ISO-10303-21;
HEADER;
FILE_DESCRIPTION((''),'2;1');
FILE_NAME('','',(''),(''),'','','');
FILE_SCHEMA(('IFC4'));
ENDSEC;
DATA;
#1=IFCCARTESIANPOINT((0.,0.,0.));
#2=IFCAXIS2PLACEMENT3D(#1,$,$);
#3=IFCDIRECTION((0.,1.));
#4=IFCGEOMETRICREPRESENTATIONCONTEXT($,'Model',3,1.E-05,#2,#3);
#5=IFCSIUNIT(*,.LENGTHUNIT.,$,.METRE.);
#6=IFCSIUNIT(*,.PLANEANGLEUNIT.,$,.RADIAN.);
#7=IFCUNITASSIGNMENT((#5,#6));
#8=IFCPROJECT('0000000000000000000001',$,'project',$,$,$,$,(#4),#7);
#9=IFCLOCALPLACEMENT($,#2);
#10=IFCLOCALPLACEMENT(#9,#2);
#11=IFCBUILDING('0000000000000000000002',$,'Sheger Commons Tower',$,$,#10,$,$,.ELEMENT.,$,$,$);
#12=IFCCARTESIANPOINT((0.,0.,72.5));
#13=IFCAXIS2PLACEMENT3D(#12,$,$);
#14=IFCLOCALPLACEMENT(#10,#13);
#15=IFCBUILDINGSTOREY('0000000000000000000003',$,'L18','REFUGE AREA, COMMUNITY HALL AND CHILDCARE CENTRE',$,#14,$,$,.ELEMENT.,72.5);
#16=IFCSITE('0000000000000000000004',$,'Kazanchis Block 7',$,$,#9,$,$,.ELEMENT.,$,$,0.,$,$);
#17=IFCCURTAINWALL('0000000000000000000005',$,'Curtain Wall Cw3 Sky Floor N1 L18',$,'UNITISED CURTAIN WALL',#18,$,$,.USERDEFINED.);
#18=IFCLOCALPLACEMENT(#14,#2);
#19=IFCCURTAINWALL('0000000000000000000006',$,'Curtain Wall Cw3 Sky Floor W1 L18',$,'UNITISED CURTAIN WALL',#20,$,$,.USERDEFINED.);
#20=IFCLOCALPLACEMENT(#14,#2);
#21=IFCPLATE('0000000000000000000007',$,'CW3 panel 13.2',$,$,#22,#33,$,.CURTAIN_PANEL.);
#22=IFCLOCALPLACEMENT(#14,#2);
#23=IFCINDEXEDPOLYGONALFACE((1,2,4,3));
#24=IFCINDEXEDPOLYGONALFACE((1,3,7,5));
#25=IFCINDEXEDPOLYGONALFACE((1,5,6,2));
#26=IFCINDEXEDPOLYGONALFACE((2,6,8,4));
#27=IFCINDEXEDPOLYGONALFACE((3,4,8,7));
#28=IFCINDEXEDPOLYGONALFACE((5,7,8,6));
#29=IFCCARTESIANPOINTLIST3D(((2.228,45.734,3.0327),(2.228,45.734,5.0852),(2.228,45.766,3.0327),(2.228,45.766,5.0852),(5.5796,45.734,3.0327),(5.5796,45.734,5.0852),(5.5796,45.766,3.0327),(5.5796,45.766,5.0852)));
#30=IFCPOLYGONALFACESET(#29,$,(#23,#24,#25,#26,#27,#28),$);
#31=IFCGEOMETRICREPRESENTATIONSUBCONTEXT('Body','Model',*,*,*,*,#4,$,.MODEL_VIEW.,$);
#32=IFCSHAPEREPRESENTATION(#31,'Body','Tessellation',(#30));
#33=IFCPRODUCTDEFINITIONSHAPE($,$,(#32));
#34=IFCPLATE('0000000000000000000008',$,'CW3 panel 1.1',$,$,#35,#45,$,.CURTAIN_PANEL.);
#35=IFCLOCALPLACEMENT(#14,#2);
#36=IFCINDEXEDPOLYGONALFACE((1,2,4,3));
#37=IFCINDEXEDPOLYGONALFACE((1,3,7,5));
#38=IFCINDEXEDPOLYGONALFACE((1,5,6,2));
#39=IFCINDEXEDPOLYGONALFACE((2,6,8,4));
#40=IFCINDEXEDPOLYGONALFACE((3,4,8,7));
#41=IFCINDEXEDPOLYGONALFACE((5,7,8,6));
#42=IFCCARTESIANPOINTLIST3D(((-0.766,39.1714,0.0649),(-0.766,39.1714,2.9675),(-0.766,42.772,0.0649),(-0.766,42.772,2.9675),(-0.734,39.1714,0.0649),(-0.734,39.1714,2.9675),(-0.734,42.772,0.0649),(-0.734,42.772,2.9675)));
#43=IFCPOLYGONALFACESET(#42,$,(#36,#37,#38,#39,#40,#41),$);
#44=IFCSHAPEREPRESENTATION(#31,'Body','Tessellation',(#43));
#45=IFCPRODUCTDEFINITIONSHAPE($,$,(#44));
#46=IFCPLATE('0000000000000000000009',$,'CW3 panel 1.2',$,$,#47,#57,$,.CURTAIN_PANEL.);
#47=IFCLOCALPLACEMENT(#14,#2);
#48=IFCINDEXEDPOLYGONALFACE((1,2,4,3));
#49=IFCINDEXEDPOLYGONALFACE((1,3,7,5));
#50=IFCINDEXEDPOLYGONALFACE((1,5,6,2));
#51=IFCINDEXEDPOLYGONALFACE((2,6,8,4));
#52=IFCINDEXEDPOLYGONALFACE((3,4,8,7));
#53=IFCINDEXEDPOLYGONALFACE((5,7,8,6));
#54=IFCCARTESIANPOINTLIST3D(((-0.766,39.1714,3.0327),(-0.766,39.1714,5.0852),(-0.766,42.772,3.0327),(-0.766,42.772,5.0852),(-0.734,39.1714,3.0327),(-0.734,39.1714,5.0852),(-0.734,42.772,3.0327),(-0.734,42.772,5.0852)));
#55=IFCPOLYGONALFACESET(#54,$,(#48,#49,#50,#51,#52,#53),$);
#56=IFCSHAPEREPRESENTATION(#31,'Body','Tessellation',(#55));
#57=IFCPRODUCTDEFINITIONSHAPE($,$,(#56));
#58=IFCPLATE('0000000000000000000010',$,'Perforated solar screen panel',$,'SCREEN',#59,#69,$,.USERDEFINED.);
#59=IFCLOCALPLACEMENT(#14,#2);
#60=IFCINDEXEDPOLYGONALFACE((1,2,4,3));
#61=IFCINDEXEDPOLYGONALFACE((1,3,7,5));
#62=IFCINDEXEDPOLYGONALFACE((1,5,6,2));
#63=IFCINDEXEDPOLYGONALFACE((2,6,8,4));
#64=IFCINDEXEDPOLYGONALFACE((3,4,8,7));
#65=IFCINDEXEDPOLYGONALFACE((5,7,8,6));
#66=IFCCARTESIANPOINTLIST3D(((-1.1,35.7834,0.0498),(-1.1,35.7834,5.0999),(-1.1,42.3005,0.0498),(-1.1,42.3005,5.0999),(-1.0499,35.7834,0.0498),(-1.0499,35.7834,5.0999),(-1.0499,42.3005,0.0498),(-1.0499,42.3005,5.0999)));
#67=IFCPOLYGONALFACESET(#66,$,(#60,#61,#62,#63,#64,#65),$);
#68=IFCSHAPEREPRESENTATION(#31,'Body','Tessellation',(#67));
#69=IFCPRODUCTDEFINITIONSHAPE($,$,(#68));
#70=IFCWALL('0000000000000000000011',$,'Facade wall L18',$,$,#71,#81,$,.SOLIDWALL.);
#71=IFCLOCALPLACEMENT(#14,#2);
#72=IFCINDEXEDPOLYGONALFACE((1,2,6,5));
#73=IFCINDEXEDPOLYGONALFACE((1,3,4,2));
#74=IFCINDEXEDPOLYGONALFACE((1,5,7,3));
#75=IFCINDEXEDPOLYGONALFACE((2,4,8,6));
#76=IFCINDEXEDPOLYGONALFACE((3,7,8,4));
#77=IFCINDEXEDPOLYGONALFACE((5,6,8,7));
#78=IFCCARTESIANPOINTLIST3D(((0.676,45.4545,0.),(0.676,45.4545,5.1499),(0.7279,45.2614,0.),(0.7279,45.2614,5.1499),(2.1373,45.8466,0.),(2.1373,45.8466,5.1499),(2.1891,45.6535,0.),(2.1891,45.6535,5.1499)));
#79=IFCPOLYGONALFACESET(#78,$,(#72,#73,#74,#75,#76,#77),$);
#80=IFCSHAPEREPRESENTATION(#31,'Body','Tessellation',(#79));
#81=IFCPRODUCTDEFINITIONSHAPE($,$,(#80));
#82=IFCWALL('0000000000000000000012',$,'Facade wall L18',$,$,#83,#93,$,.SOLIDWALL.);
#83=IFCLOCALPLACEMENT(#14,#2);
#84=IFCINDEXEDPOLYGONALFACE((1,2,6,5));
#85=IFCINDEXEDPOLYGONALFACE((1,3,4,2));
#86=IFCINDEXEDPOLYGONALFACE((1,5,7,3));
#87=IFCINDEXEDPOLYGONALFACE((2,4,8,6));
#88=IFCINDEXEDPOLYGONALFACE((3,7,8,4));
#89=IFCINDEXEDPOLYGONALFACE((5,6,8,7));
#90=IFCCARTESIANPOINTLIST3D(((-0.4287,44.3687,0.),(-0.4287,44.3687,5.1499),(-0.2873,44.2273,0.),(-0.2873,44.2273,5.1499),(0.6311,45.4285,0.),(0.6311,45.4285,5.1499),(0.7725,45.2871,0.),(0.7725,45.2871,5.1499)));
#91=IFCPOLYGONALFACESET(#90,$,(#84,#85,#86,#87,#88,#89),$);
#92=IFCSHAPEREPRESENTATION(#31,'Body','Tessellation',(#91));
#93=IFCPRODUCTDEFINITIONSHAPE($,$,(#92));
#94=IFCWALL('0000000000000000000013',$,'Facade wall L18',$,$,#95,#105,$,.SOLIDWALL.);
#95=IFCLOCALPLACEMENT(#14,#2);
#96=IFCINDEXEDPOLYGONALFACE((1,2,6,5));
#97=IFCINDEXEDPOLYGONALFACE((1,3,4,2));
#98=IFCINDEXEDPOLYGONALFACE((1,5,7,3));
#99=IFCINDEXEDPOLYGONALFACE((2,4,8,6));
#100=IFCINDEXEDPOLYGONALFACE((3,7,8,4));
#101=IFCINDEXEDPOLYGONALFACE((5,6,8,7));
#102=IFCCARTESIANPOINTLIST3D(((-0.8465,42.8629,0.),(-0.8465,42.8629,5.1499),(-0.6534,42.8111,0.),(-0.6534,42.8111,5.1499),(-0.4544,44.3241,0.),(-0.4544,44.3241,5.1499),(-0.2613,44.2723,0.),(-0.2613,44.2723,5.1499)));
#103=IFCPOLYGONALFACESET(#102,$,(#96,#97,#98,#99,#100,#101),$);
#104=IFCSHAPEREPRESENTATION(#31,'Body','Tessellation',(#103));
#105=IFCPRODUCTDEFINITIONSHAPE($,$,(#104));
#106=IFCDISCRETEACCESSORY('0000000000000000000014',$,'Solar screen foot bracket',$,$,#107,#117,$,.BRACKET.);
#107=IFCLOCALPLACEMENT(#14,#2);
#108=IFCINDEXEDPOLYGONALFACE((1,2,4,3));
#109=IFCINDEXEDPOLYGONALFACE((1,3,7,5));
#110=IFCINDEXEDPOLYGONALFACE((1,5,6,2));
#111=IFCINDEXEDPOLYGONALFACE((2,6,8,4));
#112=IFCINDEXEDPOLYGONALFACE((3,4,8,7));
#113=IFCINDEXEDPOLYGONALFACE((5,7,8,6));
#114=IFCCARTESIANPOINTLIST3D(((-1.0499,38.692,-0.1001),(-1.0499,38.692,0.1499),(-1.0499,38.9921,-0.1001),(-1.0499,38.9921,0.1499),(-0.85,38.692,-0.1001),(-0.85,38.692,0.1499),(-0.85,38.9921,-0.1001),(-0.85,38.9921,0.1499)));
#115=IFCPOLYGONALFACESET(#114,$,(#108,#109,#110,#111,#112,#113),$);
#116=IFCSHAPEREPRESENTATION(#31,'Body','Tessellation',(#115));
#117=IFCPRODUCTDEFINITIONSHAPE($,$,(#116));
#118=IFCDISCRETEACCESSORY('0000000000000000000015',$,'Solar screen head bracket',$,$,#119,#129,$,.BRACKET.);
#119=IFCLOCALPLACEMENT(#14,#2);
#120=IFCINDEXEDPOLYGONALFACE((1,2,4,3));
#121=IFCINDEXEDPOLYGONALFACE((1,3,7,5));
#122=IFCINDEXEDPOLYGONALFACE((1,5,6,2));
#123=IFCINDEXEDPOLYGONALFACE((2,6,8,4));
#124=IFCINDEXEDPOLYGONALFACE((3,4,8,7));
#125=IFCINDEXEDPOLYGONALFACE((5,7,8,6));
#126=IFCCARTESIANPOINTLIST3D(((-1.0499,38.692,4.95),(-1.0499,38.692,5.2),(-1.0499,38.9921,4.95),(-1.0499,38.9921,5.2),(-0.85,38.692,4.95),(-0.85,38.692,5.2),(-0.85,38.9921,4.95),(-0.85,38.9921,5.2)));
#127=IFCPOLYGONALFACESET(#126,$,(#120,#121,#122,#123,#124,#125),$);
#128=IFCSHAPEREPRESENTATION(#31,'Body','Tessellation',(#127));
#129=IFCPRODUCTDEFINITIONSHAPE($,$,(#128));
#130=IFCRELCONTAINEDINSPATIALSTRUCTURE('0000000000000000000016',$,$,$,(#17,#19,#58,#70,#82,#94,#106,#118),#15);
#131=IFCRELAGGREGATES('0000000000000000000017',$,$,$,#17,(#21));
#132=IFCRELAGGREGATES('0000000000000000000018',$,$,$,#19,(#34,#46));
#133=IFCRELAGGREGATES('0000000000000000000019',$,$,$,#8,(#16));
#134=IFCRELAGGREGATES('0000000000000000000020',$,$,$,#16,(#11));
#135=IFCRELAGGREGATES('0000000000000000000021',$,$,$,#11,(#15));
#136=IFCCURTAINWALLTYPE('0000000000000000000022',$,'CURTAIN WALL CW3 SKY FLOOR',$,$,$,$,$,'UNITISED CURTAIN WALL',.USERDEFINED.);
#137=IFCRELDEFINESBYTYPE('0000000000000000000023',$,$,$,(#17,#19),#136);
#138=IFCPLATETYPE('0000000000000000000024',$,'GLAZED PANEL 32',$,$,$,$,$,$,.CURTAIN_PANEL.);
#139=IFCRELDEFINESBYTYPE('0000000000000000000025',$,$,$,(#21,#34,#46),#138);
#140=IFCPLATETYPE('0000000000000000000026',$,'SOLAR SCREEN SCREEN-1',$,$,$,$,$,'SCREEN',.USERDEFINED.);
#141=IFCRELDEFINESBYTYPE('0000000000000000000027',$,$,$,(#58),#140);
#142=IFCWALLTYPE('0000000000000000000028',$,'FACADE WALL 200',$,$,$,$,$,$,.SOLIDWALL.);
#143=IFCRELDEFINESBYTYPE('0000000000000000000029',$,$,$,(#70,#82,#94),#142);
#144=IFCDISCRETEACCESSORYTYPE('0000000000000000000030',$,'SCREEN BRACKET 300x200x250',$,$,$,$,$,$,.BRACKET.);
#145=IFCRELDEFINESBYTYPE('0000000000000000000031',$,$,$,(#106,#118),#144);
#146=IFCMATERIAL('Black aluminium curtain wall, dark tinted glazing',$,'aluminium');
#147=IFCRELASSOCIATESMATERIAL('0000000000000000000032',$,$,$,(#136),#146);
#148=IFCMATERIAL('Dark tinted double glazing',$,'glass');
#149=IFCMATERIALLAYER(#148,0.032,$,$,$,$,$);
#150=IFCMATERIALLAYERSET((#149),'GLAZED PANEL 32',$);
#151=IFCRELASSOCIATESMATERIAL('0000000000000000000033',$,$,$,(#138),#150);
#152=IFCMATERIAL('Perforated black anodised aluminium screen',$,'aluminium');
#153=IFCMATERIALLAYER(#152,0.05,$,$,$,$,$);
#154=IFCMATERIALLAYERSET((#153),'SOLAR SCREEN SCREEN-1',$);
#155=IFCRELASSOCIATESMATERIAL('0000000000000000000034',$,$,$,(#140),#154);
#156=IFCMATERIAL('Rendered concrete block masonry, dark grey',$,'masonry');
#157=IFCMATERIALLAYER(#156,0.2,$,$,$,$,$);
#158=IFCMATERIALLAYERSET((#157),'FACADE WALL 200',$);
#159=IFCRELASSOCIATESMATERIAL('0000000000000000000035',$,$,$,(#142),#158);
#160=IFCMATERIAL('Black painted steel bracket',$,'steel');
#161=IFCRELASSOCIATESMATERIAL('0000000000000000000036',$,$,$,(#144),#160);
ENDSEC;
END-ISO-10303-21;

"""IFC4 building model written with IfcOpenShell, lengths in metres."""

from ifc_helpers import new_model, si_unit, direction, frame, frame_2d, origin, origin_2d, place, context, subcontext, project, spatial, rectangle, extrude, material, layer, layer_set, type_object, element, aggregate, save


model = new_model("IFC4")

# Units and contexts
model_context = context("Model", 3, precision=1e-05, world=origin(), true_north=direction((0.0, 1.0)))
body_context = subcontext(model_context, "Body", "Model", "MODEL_VIEW")
ifc_project = project(units=[si_unit("LENGTHUNIT", "METRE"), si_unit("PLANEANGLEUNIT", "RADIAN")], contexts=[model_context])

# Site, building, storey
site_placement = place(None, origin())
site = spatial("IfcSite", under=ifc_project, at=site_placement, Name="Kazanchis Block 7", CompositionType="ELEMENT", RefElevation=0.0)
building_placement = place(site_placement, origin())
building = spatial("IfcBuilding", under=site, at=building_placement, Name="Sheger Commons Tower", CompositionType="ELEMENT")
storey_placement = place(building_placement, frame((0.0, 0.0, 72.5)))
storey = spatial("IfcBuildingStorey", under=building, at=storey_placement, Name="L18", Description="REFUGE AREA, COMMUNITY HALL AND CHILDCARE CENTRE", CompositionType="ELEMENT", Elevation=72.5)

# Curtain wall
ifc_material_1 = material(Name="Black aluminium curtain wall, dark tinted glazing", Category="aluminium")
curtain_wall_type = type_object("IfcCurtainWallType", Name="CURTAIN WALL CW3 SKY FLOOR", ElementType="UNITISED CURTAIN WALL", PredefinedType="USERDEFINED", material=ifc_material_1)
curtain_wall_1_placement = place(storey_placement, origin())
curtain_wall_1 = element("IfcCurtainWall", 1, at=curtain_wall_1_placement, inside=storey, type_object=curtain_wall_type, Name="Curtain Wall Cw3 Sky Floor N1 L18", ObjectType="UNITISED CURTAIN WALL", PredefinedType="USERDEFINED")

# Curtain wall
curtain_wall_2_placement = place(storey_placement, origin())
curtain_wall_2 = element("IfcCurtainWall", 2, at=curtain_wall_2_placement, inside=storey, type_object=curtain_wall_type, Name="Curtain Wall Cw3 Sky Floor W1 L18", ObjectType="UNITISED CURTAIN WALL", PredefinedType="USERDEFINED")

# Plates
ifc_material_2 = material(Name="Dark tinted double glazing", Category="glass")
ifc_layer_1 = layer(ifc_material_2, 0.032)
ifc_layer_set_1 = layer_set([ifc_layer_1], Name="GLAZED PANEL 32")
plate_type_1 = type_object("IfcPlateType", Name="GLAZED PANEL 32", PredefinedType="CURTAIN_PANEL", material=ifc_layer_set_1)
plate_1_placement = place(storey_placement, frame((3.9038, 45.75, 3.0327), z_axis=(0.0, 0.0, 1.0), x_axis=(-1.0, 0.0, 0.0)))
plate_1 = element("IfcPlate", 3, at=plate_1_placement, type_object=plate_type_1, Name="CW3 panel 13.2", PredefinedType="CURTAIN_PANEL", context=body_context, shape_type="SweptSolid", body=[
    extrude(rectangle(XDim=3.3516, YDim=0.032, at=origin_2d()), origin(), (0.0, 0.0, 1.0), 2.0525),
])
aggregate(curtain_wall_1, [plate_1])
plate_2_placement = place(storey_placement, frame((-0.75, 40.9717, 0.0649), z_axis=(0.0, 0.0, 1.0), x_axis=(0.0, -1.0, 0.0)))
plate_2 = element("IfcPlate", 4, at=plate_2_placement, type_object=plate_type_1, Name="CW3 panel 1.1", PredefinedType="CURTAIN_PANEL", context=body_context, shape_type="SweptSolid", body=[
    extrude(rectangle(XDim=3.6006, YDim=0.032, at=origin_2d()), origin(), (0.0, 0.0, 1.0), 2.9026),
])
plate_3_placement = place(storey_placement, frame((-0.75, 40.9717, 3.0327), z_axis=(0.0, 0.0, 1.0), x_axis=(0.0, -1.0, 0.0)))
plate_3 = element("IfcPlate", 5, at=plate_3_placement, type_object=plate_type_1, Name="CW3 panel 1.2", PredefinedType="CURTAIN_PANEL", context=body_context, shape_type="SweptSolid", body=[
    extrude(rectangle(XDim=3.6006, YDim=0.032, at=origin_2d()), origin(), (0.0, 0.0, 1.0), 2.0525),
])
aggregate(curtain_wall_2, [plate_2, plate_3])
ifc_material_3 = material(Name="Perforated black anodised aluminium screen", Category="aluminium")
ifc_layer_2 = layer(ifc_material_3, 0.05)
ifc_layer_set_2 = layer_set([ifc_layer_2], Name="SOLAR SCREEN SCREEN-1")
plate_type_2 = type_object("IfcPlateType", Name="SOLAR SCREEN SCREEN-1", ElementType="SCREEN", PredefinedType="USERDEFINED", material=ifc_layer_set_2)
plate_4_placement = place(storey_placement, frame((-1.075, 39.042, 0.0498), z_axis=(0.0, 0.0, 1.0), x_axis=(0.0, -1.0, 0.0)))
element("IfcPlate", 6, at=plate_4_placement, inside=storey, type_object=plate_type_2, Name="Perforated solar screen panel", ObjectType="SCREEN", PredefinedType="USERDEFINED", context=body_context, shape_type="SweptSolid", body=[
    extrude(rectangle(XDim=6.5171, YDim=0.05, at=origin_2d()), origin(), (0.0, 0.0, 1.0), 5.05),
])

# Walls
ifc_material_4 = material(Name="Rendered concrete block masonry, dark grey", Category="masonry")
ifc_layer_3 = layer(ifc_material_4, 0.2)
ifc_layer_set_3 = layer_set([ifc_layer_3], Name="FACADE WALL 200")
wall_type = type_object("IfcWallType", Name="FACADE WALL 200", PredefinedType="SOLIDWALL", material=ifc_layer_set_3)
wall_1_placement = place(storey_placement, frame((2.1631, 45.75, 0.0), z_axis=(0.0, 0.0, 1.0), x_axis=(-0.965832, -0.259169, 0.0)))
element("IfcWall", 7, at=wall_1_placement, inside=storey, type_object=wall_type, Name="Facade wall L18", PredefinedType="SOLIDWALL", context=body_context, shape_type="SweptSolid", body=[
    extrude(rectangle(XDim=1.5129, YDim=0.2, at=frame_2d((0.7563, 0.0))), origin(), (0.0, 0.0, 1.0), 5.1499),
])
wall_2_placement = place(storey_placement, frame((0.7019, 45.3579, 0.0), z_axis=(0.0, 0.0, 1.0), x_axis=(-0.707107, -0.707107, 0.0)))
element("IfcWall", 8, at=wall_2_placement, inside=storey, type_object=wall_type, Name="Facade wall L18", PredefinedType="SOLIDWALL", context=body_context, shape_type="SweptSolid", body=[
    extrude(rectangle(XDim=1.4988, YDim=0.2, at=frame_2d((0.7495, 0.0))), origin(), (0.0, 0.0, 1.0), 5.1499),
])
wall_3_placement = place(storey_placement, frame((-0.3579, 44.2981, 0.0), z_axis=(0.0, 0.0, 1.0), x_axis=(-0.259169, -0.965832, 0.0)))
element("IfcWall", 9, at=wall_3_placement, inside=storey, type_object=wall_type, Name="Facade wall L18", PredefinedType="SOLIDWALL", context=body_context, shape_type="SweptSolid", body=[
    extrude(rectangle(XDim=1.5129, YDim=0.2, at=frame_2d((0.7563, 0.0))), origin(), (0.0, 0.0, 1.0), 5.1499),
])

# Discrete accessories
ifc_material_5 = material(Name="Black painted steel bracket", Category="steel")
discrete_accessory_type = type_object("IfcDiscreteAccessoryType", Name="SCREEN BRACKET 300x200x250", PredefinedType="BRACKET", material=ifc_material_5)
for number, where, z_axis, x_axis, name in (
    (10, (-0.95, 38.842, -0.1001), (0.0, 0.0, 1.0), (0.0, -1.0, 0.0), "Solar screen foot bracket"),
    (11, (-0.95, 38.842, 4.95), (0.0, 0.0, 1.0), (0.0, -1.0, 0.0), "Solar screen head bracket"),
):
    element("IfcDiscreteAccessory", number, at=place(storey_placement, frame(where, z_axis=z_axis, x_axis=x_axis)), inside=storey, type_object=discrete_accessory_type, Name=name, PredefinedType="BRACKET", context=body_context, shape_type="SweptSolid", body=[
        extrude(rectangle(XDim=0.3, YDim=0.2, at=origin_2d()), origin(), (0.0, 0.0, 1.0), 0.25),
    ])

save(model, "model.ifc")
